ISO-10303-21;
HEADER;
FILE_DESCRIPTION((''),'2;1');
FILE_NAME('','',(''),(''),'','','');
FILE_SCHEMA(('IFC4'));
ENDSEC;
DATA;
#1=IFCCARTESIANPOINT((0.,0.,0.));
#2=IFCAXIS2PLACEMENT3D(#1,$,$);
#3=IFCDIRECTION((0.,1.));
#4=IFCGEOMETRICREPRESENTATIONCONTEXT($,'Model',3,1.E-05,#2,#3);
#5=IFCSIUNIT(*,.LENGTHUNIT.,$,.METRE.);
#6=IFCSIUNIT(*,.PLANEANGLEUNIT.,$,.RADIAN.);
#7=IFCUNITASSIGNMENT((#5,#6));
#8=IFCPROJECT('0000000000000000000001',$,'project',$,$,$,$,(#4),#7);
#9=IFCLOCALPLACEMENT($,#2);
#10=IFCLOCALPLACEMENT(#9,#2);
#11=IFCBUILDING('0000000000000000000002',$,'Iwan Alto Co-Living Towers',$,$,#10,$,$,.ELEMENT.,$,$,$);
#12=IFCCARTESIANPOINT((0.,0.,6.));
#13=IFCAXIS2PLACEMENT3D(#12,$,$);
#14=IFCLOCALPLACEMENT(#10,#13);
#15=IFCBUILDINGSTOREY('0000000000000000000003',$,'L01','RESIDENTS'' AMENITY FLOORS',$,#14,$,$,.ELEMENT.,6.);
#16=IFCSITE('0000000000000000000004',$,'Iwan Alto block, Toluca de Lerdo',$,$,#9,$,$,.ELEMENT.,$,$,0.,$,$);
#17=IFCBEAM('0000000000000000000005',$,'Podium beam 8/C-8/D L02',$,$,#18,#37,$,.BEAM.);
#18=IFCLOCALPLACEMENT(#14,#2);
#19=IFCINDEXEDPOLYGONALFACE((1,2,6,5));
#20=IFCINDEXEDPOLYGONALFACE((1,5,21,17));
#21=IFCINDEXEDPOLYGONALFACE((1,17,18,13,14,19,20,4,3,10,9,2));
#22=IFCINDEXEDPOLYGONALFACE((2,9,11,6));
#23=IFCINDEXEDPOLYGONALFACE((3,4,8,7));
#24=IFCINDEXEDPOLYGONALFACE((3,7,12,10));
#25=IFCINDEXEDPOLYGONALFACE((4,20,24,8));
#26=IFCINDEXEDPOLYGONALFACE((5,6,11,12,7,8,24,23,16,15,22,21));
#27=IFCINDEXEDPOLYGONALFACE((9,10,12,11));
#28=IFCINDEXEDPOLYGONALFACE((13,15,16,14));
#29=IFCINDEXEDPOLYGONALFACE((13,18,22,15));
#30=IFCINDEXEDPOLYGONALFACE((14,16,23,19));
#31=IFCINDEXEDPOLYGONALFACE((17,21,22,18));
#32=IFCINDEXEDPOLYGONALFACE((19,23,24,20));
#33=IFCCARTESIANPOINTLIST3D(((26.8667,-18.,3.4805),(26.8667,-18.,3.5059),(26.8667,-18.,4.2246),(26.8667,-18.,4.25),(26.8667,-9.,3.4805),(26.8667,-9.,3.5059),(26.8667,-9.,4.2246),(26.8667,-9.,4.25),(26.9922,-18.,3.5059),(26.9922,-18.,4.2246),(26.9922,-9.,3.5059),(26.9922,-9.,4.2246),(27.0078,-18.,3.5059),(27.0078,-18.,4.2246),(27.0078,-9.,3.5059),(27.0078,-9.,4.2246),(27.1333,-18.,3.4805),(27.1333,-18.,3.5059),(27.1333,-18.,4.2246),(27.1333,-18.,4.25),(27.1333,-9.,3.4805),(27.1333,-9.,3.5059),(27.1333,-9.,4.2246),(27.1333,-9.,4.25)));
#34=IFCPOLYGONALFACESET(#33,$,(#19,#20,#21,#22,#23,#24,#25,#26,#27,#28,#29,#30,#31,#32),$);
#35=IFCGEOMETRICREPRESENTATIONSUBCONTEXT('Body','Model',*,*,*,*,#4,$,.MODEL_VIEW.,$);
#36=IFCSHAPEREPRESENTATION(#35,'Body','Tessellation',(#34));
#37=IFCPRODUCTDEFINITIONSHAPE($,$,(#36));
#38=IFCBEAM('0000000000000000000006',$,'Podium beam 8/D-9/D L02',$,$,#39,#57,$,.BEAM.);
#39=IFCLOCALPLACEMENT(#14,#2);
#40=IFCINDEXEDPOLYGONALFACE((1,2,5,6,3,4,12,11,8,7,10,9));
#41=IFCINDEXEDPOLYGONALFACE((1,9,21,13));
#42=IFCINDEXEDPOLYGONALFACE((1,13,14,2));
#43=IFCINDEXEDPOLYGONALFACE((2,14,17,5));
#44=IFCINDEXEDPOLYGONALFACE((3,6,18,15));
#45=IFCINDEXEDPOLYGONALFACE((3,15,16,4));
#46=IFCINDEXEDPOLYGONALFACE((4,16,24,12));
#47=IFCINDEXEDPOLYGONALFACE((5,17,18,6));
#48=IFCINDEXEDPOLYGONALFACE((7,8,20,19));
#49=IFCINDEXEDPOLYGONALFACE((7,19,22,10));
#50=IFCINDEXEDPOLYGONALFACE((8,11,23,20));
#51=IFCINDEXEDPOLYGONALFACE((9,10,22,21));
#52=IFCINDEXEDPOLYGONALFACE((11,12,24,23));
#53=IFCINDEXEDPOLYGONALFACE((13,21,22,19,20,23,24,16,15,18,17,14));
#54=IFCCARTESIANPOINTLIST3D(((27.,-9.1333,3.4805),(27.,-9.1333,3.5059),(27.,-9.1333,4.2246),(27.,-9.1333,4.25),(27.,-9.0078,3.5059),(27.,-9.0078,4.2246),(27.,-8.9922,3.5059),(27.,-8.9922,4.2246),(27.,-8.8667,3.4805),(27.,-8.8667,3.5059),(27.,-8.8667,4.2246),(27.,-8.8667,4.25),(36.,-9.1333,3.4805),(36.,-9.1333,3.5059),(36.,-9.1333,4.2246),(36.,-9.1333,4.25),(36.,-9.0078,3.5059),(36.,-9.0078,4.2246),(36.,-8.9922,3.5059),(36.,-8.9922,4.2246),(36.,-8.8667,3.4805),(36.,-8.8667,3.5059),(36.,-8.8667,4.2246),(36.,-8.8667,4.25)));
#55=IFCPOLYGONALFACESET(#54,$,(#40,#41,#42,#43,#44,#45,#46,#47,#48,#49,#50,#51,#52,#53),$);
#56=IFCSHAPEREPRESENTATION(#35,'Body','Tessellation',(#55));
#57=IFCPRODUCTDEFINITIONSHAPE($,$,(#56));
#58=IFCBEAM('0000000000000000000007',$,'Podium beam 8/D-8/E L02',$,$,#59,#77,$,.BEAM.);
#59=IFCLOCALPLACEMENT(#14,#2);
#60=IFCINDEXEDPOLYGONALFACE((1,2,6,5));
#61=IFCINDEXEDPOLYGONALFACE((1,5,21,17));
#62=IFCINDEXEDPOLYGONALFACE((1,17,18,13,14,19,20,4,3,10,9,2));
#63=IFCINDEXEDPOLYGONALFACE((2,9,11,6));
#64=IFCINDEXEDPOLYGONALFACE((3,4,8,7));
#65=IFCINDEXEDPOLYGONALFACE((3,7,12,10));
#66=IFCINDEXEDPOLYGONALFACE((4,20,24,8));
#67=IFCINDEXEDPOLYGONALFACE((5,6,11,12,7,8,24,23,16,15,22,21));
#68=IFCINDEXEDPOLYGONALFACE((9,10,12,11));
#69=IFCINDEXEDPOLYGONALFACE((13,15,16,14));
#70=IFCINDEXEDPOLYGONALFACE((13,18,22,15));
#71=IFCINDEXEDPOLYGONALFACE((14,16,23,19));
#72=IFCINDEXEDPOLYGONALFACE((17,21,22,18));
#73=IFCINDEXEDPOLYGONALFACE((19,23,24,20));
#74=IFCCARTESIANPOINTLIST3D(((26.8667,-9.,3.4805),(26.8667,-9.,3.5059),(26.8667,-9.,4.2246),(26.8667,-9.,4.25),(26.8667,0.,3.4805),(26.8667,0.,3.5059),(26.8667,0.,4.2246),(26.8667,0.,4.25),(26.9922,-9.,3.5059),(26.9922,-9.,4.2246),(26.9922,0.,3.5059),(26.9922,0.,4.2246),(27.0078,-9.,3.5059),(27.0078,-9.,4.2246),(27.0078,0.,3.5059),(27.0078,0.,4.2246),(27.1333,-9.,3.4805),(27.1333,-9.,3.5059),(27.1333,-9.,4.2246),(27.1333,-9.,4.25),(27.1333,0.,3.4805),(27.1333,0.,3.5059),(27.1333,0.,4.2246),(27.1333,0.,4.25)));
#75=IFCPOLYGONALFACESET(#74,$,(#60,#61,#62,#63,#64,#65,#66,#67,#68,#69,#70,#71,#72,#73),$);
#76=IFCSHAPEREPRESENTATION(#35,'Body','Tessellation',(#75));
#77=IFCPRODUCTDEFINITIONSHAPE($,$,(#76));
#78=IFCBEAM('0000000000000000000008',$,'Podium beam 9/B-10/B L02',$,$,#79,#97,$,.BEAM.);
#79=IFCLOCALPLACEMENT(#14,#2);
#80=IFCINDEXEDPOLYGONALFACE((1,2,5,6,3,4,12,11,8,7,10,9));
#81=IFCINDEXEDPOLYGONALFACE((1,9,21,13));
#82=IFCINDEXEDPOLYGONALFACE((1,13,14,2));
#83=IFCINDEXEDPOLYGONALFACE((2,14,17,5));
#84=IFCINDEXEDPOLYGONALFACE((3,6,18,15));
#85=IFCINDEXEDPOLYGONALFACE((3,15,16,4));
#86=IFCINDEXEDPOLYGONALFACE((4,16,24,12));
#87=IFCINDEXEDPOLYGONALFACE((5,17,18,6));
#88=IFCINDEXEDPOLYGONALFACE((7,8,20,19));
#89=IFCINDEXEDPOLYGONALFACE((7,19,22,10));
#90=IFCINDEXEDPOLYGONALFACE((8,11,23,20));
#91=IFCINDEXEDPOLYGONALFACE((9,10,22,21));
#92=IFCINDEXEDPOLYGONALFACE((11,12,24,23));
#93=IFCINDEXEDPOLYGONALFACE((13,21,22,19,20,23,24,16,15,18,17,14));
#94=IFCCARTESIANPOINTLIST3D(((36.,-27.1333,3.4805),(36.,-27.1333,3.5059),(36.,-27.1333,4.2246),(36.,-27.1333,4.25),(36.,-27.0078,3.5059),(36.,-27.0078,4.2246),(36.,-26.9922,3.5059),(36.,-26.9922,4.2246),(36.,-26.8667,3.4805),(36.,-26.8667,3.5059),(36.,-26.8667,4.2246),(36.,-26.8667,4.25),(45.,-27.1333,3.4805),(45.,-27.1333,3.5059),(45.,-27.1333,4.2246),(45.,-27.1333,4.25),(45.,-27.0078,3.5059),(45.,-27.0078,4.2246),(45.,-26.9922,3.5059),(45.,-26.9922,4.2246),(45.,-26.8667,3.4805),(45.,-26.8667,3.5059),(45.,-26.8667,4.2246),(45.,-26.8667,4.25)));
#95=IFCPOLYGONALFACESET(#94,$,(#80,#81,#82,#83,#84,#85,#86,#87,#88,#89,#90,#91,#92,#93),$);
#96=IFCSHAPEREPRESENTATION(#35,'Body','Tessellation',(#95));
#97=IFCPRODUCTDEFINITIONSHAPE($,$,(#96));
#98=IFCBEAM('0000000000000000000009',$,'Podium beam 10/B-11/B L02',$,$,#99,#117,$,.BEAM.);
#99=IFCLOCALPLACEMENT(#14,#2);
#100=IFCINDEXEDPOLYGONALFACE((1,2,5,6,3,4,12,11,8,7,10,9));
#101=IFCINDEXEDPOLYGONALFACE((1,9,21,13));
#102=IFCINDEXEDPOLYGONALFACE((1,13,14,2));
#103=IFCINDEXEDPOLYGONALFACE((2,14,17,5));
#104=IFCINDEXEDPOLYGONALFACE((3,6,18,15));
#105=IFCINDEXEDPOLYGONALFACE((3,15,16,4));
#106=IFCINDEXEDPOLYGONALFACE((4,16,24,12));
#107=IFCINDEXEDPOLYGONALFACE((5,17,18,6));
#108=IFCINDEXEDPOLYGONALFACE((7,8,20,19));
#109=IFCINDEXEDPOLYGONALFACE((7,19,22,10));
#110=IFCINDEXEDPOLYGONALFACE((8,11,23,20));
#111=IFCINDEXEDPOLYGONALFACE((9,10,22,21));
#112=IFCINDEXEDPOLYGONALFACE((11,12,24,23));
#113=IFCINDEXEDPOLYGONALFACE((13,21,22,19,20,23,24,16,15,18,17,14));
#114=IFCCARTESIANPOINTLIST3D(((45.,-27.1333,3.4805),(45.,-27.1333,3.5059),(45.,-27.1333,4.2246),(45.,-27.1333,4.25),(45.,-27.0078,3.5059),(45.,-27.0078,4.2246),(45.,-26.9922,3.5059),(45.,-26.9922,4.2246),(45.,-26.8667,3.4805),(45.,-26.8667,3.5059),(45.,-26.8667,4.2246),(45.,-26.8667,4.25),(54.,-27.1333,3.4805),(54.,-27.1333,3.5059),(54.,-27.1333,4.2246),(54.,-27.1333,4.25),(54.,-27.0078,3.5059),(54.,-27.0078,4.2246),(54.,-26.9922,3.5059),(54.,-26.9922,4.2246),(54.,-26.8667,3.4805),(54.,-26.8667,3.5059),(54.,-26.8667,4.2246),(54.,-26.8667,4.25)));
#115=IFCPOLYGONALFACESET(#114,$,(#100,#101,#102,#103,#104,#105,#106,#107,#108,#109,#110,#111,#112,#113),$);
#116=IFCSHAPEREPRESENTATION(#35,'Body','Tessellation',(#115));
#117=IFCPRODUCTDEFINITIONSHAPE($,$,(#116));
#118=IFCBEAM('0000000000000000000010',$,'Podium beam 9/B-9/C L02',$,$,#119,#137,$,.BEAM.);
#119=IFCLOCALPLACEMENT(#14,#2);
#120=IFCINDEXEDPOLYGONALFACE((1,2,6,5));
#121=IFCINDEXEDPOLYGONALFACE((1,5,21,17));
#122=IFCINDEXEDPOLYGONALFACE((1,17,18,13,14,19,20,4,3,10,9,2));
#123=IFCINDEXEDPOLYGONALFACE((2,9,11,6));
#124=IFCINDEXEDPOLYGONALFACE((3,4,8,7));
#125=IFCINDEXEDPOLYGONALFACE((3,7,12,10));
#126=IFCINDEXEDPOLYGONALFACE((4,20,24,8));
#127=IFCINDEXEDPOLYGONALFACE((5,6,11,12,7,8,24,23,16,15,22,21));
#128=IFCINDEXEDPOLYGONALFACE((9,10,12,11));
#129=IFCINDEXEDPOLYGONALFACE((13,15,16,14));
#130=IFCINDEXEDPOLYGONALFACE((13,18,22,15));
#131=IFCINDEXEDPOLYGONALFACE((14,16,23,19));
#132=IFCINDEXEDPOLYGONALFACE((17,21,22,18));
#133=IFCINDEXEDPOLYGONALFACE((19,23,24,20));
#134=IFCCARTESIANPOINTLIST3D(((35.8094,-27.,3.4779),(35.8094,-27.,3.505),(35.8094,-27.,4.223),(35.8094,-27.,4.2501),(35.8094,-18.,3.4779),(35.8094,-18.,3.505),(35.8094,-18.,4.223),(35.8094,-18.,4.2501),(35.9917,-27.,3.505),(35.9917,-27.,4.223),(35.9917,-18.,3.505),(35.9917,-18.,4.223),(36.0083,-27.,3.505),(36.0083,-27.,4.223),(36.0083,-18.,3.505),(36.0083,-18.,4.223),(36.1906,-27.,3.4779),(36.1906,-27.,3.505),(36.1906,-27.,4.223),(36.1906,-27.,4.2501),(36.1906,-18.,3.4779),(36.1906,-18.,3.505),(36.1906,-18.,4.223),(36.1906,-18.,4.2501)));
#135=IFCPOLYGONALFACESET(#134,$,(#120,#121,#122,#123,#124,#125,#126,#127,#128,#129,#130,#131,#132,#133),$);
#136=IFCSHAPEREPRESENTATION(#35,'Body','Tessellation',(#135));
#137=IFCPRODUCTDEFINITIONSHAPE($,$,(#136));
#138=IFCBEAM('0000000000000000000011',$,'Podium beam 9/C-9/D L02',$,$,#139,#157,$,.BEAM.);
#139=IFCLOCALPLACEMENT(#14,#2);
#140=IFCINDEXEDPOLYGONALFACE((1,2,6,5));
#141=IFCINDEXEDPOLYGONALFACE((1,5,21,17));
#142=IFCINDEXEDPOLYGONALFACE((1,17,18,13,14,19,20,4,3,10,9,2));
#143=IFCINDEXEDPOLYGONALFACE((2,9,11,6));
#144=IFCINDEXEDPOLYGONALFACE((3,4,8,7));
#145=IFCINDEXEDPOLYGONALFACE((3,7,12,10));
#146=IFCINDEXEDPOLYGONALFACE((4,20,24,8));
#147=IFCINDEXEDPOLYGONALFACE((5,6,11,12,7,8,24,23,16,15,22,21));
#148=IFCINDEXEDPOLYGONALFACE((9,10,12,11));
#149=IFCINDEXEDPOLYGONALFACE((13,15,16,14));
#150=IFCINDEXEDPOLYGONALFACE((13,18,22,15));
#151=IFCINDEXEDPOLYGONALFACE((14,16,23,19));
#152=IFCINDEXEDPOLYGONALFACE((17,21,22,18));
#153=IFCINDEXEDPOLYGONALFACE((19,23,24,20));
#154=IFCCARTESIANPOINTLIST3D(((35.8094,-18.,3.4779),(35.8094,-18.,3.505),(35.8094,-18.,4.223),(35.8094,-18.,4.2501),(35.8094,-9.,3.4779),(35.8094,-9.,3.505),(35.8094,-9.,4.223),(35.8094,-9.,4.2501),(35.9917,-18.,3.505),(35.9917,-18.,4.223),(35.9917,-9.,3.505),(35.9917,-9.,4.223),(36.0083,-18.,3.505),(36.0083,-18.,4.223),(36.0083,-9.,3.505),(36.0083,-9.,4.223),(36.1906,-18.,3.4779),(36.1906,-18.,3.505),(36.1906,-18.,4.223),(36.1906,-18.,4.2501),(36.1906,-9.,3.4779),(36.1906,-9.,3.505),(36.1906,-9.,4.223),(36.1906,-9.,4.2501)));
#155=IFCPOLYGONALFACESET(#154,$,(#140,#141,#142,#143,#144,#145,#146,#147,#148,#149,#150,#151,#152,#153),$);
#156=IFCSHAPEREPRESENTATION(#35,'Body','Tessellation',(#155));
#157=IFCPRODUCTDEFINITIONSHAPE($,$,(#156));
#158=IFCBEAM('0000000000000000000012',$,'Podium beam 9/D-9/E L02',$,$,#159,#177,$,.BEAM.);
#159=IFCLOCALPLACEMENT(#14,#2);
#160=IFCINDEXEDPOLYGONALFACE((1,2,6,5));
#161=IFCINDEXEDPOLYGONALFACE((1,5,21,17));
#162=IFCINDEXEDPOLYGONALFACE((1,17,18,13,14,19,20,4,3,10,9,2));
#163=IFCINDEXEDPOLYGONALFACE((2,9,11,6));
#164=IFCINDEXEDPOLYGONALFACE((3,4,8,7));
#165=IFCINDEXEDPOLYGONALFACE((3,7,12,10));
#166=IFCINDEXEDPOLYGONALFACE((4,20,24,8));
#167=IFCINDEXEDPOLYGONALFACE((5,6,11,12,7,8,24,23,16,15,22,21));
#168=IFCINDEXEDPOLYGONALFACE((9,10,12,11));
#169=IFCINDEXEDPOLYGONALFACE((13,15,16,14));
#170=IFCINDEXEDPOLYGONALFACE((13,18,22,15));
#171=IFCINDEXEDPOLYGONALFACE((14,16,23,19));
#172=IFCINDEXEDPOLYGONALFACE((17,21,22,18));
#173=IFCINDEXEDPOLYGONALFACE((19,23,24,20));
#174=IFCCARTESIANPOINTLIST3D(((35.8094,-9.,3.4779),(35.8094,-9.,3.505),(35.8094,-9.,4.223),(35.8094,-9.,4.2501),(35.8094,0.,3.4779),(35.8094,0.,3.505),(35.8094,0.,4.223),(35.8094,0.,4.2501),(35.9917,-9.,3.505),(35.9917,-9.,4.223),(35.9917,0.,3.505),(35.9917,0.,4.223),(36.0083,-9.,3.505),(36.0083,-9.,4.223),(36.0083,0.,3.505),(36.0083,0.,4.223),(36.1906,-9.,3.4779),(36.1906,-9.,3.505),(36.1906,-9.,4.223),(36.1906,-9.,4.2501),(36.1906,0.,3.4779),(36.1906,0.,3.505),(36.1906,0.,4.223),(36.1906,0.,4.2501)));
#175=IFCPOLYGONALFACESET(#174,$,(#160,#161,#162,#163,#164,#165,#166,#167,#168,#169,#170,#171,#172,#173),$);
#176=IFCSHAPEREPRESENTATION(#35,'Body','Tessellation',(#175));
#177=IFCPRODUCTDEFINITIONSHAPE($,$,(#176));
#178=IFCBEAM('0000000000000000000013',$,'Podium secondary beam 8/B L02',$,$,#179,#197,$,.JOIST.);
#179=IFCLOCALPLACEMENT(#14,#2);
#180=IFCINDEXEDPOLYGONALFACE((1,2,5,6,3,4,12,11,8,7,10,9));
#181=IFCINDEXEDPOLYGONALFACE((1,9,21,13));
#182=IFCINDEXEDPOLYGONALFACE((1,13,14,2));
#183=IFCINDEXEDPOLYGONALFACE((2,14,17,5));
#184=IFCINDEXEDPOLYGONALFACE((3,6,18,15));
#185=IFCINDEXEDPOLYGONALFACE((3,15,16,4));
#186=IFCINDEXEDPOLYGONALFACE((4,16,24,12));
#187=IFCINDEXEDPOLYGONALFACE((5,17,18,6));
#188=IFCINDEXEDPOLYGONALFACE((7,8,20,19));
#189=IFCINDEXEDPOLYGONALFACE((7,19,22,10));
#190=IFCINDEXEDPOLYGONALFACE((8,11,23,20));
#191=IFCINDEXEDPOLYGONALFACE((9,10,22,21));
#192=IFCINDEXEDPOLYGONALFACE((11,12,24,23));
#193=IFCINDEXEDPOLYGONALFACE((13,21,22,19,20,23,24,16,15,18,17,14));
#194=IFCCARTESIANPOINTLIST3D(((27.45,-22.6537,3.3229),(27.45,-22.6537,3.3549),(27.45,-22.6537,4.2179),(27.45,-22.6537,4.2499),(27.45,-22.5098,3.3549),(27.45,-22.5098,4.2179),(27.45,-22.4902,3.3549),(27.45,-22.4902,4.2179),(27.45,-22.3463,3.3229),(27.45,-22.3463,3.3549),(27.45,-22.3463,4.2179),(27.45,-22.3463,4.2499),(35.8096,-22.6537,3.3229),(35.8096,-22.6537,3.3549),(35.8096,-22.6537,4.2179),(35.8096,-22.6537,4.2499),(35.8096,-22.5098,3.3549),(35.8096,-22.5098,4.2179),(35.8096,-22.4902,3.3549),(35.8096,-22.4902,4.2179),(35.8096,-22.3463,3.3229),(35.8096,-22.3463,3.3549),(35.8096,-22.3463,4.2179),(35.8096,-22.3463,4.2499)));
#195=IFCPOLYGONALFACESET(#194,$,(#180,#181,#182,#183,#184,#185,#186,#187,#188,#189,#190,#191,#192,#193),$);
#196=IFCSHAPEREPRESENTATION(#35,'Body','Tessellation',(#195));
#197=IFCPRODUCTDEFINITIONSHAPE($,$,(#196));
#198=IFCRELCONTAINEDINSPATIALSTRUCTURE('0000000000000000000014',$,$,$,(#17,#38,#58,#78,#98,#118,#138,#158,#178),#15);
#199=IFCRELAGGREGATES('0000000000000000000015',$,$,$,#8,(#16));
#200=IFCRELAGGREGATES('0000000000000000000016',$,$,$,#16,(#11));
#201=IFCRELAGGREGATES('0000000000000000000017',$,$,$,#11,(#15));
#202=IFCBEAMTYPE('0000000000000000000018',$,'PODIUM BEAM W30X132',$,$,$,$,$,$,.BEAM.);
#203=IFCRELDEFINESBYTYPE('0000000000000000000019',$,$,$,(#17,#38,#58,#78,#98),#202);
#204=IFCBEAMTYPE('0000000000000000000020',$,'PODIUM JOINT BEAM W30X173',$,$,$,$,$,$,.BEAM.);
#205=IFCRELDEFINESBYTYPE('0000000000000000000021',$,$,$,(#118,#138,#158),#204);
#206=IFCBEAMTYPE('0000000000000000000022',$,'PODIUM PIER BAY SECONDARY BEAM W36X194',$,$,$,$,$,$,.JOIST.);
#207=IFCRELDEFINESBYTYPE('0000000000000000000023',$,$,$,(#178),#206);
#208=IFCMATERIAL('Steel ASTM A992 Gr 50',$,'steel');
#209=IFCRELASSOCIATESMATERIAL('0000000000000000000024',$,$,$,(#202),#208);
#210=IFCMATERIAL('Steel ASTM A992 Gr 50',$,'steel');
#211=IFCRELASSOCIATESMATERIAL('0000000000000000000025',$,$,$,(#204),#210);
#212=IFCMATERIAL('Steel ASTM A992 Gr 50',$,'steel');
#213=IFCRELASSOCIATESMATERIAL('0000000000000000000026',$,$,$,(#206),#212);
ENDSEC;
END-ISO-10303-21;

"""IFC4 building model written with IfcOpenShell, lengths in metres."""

from ifc_helpers import new_model, si_unit, direction, frame, origin, origin_2d, place, context, subcontext, project, spatial, i_section, extrude, material, material_profile, profile_set, type_object, element, save


model = new_model("IFC4")

# Units and contexts
model_context = context("Model", 3, precision=1e-05, world=origin(), true_north=direction((0.0, 1.0)))
body_context = subcontext(model_context, "Body", "Model", "MODEL_VIEW")
ifc_project = project(units=[si_unit("LENGTHUNIT", "METRE"), si_unit("PLANEANGLEUNIT", "RADIAN")], contexts=[model_context])

# Site, building, storey
site_placement = place(None, origin())
site = spatial("IfcSite", under=ifc_project, at=site_placement, Name="Iwan Alto block, Toluca de Lerdo", CompositionType="ELEMENT", RefElevation=0.0)
building_placement = place(site_placement, origin())
building = spatial("IfcBuilding", under=site, at=building_placement, Name="Iwan Alto Co-Living Towers", CompositionType="ELEMENT")
storey_placement = place(building_placement, frame((0.0, 0.0, 6.0)))
storey = spatial("IfcBuildingStorey", under=building, at=storey_placement, Name="L01", Description="RESIDENTS' AMENITY FLOORS", CompositionType="ELEMENT", Elevation=6.0)

# Beams
ifc_material_1 = material(Name="Steel ASTM A992 Gr 50", Category="steel")
ifc_material_profile_1 = material_profile(ifc_material_1, i_section(OverallWidth=0.2666, OverallDepth=0.7695, WebThickness=0.0156, FlangeThickness=0.0254, at=origin_2d()), Name="W30X132")
ifc_profile_set_1 = profile_set([ifc_material_profile_1], Name="Steel ASTM A992 Gr 50")
beam_type_1 = type_object("IfcBeamType", Name="PODIUM BEAM W30X132", PredefinedType="BEAM", material=ifc_profile_set_1)
for number, where, z_axis, x_axis, name in (
    (1, (27.0, -18.0, 3.8652), (0.0, 1.0, 0.0), (-1.0, 0.0, 0.0), "Podium beam 8/C-8/D L02"),
    (2, (27.0, -9.0, 3.8652), (1.0, 0.0, 0.0), (0.0, 1.0, 0.0), "Podium beam 8/D-9/D L02"),
    (3, (27.0, -9.0, 3.8652), (0.0, 1.0, 0.0), (-1.0, 0.0, 0.0), "Podium beam 8/D-8/E L02"),
    (4, (36.0, -27.0, 3.8652), (1.0, 0.0, 0.0), (0.0, 1.0, 0.0), "Podium beam 9/B-10/B L02"),
    (5, (45.0, -27.0, 3.8652), (1.0, 0.0, 0.0), (0.0, 1.0, 0.0), "Podium beam 10/B-11/B L02"),
):
    element("IfcBeam", number, at=place(storey_placement, frame(where, z_axis=z_axis, x_axis=x_axis)), inside=storey, type_object=beam_type_1, Name=name, PredefinedType="BEAM", context=body_context, shape_type="SweptSolid", body=[
        extrude(i_section(OverallWidth=0.2666, OverallDepth=0.7695, WebThickness=0.0156, FlangeThickness=0.0254, at=origin_2d()), origin(), (0.0, 0.0, 1.0), 9.0),
    ])
ifc_material_2 = material(Name="Steel ASTM A992 Gr 50", Category="steel")
ifc_material_profile_2 = material_profile(ifc_material_2, i_section(OverallWidth=0.3811, OverallDepth=0.7722, WebThickness=0.0166, FlangeThickness=0.0271, at=origin_2d()), Name="W30X173")
ifc_profile_set_2 = profile_set([ifc_material_profile_2], Name="Steel ASTM A992 Gr 50")
beam_type_2 = type_object("IfcBeamType", Name="PODIUM JOINT BEAM W30X173", PredefinedType="BEAM", material=ifc_profile_set_2)
for number, where, z_axis, x_axis, name in (
    (6, (36.0, -27.0, 3.864), (0.0, 1.0, 0.0), (-1.0, 0.0, 0.0), "Podium beam 9/B-9/C L02"),
    (7, (36.0, -18.0, 3.864), (0.0, 1.0, 0.0), (-1.0, 0.0, 0.0), "Podium beam 9/C-9/D L02"),
    (8, (36.0, -9.0, 3.864), (0.0, 1.0, 0.0), (-1.0, 0.0, 0.0), "Podium beam 9/D-9/E L02"),
):
    element("IfcBeam", number, at=place(storey_placement, frame(where, z_axis=z_axis, x_axis=x_axis)), inside=storey, type_object=beam_type_2, Name=name, PredefinedType="BEAM", context=body_context, shape_type="SweptSolid", body=[
        extrude(i_section(OverallWidth=0.3811, OverallDepth=0.7722, WebThickness=0.0166, FlangeThickness=0.0271, at=origin_2d()), origin(), (0.0, 0.0, 1.0), 9.0),
    ])
ifc_material_3 = material(Name="Steel ASTM A992 Gr 50", Category="steel")
ifc_material_profile_3 = material_profile(ifc_material_3, i_section(OverallWidth=0.3074, OverallDepth=0.927, WebThickness=0.0195, FlangeThickness=0.032, at=origin_2d()), Name="W36X194")
ifc_profile_set_3 = profile_set([ifc_material_profile_3], Name="Steel ASTM A992 Gr 50")
beam_type_3 = type_object("IfcBeamType", Name="PODIUM PIER BAY SECONDARY BEAM W36X194", PredefinedType="JOIST", material=ifc_profile_set_3)
beam_placement = place(storey_placement, frame((27.45, -22.5, 3.7864), z_axis=(1.0, 0.0, 0.0), x_axis=(0.0, 1.0, 0.0)))
element("IfcBeam", 9, at=beam_placement, inside=storey, type_object=beam_type_3, Name="Podium secondary beam 8/B L02", PredefinedType="JOIST", context=body_context, shape_type="SweptSolid", body=[
    extrude(i_section(OverallWidth=0.3074, OverallDepth=0.927, WebThickness=0.0195, FlangeThickness=0.032, at=origin_2d()), origin(), (0.0, 0.0, 1.0), 8.3596),
])

save(model, "model.ifc")
